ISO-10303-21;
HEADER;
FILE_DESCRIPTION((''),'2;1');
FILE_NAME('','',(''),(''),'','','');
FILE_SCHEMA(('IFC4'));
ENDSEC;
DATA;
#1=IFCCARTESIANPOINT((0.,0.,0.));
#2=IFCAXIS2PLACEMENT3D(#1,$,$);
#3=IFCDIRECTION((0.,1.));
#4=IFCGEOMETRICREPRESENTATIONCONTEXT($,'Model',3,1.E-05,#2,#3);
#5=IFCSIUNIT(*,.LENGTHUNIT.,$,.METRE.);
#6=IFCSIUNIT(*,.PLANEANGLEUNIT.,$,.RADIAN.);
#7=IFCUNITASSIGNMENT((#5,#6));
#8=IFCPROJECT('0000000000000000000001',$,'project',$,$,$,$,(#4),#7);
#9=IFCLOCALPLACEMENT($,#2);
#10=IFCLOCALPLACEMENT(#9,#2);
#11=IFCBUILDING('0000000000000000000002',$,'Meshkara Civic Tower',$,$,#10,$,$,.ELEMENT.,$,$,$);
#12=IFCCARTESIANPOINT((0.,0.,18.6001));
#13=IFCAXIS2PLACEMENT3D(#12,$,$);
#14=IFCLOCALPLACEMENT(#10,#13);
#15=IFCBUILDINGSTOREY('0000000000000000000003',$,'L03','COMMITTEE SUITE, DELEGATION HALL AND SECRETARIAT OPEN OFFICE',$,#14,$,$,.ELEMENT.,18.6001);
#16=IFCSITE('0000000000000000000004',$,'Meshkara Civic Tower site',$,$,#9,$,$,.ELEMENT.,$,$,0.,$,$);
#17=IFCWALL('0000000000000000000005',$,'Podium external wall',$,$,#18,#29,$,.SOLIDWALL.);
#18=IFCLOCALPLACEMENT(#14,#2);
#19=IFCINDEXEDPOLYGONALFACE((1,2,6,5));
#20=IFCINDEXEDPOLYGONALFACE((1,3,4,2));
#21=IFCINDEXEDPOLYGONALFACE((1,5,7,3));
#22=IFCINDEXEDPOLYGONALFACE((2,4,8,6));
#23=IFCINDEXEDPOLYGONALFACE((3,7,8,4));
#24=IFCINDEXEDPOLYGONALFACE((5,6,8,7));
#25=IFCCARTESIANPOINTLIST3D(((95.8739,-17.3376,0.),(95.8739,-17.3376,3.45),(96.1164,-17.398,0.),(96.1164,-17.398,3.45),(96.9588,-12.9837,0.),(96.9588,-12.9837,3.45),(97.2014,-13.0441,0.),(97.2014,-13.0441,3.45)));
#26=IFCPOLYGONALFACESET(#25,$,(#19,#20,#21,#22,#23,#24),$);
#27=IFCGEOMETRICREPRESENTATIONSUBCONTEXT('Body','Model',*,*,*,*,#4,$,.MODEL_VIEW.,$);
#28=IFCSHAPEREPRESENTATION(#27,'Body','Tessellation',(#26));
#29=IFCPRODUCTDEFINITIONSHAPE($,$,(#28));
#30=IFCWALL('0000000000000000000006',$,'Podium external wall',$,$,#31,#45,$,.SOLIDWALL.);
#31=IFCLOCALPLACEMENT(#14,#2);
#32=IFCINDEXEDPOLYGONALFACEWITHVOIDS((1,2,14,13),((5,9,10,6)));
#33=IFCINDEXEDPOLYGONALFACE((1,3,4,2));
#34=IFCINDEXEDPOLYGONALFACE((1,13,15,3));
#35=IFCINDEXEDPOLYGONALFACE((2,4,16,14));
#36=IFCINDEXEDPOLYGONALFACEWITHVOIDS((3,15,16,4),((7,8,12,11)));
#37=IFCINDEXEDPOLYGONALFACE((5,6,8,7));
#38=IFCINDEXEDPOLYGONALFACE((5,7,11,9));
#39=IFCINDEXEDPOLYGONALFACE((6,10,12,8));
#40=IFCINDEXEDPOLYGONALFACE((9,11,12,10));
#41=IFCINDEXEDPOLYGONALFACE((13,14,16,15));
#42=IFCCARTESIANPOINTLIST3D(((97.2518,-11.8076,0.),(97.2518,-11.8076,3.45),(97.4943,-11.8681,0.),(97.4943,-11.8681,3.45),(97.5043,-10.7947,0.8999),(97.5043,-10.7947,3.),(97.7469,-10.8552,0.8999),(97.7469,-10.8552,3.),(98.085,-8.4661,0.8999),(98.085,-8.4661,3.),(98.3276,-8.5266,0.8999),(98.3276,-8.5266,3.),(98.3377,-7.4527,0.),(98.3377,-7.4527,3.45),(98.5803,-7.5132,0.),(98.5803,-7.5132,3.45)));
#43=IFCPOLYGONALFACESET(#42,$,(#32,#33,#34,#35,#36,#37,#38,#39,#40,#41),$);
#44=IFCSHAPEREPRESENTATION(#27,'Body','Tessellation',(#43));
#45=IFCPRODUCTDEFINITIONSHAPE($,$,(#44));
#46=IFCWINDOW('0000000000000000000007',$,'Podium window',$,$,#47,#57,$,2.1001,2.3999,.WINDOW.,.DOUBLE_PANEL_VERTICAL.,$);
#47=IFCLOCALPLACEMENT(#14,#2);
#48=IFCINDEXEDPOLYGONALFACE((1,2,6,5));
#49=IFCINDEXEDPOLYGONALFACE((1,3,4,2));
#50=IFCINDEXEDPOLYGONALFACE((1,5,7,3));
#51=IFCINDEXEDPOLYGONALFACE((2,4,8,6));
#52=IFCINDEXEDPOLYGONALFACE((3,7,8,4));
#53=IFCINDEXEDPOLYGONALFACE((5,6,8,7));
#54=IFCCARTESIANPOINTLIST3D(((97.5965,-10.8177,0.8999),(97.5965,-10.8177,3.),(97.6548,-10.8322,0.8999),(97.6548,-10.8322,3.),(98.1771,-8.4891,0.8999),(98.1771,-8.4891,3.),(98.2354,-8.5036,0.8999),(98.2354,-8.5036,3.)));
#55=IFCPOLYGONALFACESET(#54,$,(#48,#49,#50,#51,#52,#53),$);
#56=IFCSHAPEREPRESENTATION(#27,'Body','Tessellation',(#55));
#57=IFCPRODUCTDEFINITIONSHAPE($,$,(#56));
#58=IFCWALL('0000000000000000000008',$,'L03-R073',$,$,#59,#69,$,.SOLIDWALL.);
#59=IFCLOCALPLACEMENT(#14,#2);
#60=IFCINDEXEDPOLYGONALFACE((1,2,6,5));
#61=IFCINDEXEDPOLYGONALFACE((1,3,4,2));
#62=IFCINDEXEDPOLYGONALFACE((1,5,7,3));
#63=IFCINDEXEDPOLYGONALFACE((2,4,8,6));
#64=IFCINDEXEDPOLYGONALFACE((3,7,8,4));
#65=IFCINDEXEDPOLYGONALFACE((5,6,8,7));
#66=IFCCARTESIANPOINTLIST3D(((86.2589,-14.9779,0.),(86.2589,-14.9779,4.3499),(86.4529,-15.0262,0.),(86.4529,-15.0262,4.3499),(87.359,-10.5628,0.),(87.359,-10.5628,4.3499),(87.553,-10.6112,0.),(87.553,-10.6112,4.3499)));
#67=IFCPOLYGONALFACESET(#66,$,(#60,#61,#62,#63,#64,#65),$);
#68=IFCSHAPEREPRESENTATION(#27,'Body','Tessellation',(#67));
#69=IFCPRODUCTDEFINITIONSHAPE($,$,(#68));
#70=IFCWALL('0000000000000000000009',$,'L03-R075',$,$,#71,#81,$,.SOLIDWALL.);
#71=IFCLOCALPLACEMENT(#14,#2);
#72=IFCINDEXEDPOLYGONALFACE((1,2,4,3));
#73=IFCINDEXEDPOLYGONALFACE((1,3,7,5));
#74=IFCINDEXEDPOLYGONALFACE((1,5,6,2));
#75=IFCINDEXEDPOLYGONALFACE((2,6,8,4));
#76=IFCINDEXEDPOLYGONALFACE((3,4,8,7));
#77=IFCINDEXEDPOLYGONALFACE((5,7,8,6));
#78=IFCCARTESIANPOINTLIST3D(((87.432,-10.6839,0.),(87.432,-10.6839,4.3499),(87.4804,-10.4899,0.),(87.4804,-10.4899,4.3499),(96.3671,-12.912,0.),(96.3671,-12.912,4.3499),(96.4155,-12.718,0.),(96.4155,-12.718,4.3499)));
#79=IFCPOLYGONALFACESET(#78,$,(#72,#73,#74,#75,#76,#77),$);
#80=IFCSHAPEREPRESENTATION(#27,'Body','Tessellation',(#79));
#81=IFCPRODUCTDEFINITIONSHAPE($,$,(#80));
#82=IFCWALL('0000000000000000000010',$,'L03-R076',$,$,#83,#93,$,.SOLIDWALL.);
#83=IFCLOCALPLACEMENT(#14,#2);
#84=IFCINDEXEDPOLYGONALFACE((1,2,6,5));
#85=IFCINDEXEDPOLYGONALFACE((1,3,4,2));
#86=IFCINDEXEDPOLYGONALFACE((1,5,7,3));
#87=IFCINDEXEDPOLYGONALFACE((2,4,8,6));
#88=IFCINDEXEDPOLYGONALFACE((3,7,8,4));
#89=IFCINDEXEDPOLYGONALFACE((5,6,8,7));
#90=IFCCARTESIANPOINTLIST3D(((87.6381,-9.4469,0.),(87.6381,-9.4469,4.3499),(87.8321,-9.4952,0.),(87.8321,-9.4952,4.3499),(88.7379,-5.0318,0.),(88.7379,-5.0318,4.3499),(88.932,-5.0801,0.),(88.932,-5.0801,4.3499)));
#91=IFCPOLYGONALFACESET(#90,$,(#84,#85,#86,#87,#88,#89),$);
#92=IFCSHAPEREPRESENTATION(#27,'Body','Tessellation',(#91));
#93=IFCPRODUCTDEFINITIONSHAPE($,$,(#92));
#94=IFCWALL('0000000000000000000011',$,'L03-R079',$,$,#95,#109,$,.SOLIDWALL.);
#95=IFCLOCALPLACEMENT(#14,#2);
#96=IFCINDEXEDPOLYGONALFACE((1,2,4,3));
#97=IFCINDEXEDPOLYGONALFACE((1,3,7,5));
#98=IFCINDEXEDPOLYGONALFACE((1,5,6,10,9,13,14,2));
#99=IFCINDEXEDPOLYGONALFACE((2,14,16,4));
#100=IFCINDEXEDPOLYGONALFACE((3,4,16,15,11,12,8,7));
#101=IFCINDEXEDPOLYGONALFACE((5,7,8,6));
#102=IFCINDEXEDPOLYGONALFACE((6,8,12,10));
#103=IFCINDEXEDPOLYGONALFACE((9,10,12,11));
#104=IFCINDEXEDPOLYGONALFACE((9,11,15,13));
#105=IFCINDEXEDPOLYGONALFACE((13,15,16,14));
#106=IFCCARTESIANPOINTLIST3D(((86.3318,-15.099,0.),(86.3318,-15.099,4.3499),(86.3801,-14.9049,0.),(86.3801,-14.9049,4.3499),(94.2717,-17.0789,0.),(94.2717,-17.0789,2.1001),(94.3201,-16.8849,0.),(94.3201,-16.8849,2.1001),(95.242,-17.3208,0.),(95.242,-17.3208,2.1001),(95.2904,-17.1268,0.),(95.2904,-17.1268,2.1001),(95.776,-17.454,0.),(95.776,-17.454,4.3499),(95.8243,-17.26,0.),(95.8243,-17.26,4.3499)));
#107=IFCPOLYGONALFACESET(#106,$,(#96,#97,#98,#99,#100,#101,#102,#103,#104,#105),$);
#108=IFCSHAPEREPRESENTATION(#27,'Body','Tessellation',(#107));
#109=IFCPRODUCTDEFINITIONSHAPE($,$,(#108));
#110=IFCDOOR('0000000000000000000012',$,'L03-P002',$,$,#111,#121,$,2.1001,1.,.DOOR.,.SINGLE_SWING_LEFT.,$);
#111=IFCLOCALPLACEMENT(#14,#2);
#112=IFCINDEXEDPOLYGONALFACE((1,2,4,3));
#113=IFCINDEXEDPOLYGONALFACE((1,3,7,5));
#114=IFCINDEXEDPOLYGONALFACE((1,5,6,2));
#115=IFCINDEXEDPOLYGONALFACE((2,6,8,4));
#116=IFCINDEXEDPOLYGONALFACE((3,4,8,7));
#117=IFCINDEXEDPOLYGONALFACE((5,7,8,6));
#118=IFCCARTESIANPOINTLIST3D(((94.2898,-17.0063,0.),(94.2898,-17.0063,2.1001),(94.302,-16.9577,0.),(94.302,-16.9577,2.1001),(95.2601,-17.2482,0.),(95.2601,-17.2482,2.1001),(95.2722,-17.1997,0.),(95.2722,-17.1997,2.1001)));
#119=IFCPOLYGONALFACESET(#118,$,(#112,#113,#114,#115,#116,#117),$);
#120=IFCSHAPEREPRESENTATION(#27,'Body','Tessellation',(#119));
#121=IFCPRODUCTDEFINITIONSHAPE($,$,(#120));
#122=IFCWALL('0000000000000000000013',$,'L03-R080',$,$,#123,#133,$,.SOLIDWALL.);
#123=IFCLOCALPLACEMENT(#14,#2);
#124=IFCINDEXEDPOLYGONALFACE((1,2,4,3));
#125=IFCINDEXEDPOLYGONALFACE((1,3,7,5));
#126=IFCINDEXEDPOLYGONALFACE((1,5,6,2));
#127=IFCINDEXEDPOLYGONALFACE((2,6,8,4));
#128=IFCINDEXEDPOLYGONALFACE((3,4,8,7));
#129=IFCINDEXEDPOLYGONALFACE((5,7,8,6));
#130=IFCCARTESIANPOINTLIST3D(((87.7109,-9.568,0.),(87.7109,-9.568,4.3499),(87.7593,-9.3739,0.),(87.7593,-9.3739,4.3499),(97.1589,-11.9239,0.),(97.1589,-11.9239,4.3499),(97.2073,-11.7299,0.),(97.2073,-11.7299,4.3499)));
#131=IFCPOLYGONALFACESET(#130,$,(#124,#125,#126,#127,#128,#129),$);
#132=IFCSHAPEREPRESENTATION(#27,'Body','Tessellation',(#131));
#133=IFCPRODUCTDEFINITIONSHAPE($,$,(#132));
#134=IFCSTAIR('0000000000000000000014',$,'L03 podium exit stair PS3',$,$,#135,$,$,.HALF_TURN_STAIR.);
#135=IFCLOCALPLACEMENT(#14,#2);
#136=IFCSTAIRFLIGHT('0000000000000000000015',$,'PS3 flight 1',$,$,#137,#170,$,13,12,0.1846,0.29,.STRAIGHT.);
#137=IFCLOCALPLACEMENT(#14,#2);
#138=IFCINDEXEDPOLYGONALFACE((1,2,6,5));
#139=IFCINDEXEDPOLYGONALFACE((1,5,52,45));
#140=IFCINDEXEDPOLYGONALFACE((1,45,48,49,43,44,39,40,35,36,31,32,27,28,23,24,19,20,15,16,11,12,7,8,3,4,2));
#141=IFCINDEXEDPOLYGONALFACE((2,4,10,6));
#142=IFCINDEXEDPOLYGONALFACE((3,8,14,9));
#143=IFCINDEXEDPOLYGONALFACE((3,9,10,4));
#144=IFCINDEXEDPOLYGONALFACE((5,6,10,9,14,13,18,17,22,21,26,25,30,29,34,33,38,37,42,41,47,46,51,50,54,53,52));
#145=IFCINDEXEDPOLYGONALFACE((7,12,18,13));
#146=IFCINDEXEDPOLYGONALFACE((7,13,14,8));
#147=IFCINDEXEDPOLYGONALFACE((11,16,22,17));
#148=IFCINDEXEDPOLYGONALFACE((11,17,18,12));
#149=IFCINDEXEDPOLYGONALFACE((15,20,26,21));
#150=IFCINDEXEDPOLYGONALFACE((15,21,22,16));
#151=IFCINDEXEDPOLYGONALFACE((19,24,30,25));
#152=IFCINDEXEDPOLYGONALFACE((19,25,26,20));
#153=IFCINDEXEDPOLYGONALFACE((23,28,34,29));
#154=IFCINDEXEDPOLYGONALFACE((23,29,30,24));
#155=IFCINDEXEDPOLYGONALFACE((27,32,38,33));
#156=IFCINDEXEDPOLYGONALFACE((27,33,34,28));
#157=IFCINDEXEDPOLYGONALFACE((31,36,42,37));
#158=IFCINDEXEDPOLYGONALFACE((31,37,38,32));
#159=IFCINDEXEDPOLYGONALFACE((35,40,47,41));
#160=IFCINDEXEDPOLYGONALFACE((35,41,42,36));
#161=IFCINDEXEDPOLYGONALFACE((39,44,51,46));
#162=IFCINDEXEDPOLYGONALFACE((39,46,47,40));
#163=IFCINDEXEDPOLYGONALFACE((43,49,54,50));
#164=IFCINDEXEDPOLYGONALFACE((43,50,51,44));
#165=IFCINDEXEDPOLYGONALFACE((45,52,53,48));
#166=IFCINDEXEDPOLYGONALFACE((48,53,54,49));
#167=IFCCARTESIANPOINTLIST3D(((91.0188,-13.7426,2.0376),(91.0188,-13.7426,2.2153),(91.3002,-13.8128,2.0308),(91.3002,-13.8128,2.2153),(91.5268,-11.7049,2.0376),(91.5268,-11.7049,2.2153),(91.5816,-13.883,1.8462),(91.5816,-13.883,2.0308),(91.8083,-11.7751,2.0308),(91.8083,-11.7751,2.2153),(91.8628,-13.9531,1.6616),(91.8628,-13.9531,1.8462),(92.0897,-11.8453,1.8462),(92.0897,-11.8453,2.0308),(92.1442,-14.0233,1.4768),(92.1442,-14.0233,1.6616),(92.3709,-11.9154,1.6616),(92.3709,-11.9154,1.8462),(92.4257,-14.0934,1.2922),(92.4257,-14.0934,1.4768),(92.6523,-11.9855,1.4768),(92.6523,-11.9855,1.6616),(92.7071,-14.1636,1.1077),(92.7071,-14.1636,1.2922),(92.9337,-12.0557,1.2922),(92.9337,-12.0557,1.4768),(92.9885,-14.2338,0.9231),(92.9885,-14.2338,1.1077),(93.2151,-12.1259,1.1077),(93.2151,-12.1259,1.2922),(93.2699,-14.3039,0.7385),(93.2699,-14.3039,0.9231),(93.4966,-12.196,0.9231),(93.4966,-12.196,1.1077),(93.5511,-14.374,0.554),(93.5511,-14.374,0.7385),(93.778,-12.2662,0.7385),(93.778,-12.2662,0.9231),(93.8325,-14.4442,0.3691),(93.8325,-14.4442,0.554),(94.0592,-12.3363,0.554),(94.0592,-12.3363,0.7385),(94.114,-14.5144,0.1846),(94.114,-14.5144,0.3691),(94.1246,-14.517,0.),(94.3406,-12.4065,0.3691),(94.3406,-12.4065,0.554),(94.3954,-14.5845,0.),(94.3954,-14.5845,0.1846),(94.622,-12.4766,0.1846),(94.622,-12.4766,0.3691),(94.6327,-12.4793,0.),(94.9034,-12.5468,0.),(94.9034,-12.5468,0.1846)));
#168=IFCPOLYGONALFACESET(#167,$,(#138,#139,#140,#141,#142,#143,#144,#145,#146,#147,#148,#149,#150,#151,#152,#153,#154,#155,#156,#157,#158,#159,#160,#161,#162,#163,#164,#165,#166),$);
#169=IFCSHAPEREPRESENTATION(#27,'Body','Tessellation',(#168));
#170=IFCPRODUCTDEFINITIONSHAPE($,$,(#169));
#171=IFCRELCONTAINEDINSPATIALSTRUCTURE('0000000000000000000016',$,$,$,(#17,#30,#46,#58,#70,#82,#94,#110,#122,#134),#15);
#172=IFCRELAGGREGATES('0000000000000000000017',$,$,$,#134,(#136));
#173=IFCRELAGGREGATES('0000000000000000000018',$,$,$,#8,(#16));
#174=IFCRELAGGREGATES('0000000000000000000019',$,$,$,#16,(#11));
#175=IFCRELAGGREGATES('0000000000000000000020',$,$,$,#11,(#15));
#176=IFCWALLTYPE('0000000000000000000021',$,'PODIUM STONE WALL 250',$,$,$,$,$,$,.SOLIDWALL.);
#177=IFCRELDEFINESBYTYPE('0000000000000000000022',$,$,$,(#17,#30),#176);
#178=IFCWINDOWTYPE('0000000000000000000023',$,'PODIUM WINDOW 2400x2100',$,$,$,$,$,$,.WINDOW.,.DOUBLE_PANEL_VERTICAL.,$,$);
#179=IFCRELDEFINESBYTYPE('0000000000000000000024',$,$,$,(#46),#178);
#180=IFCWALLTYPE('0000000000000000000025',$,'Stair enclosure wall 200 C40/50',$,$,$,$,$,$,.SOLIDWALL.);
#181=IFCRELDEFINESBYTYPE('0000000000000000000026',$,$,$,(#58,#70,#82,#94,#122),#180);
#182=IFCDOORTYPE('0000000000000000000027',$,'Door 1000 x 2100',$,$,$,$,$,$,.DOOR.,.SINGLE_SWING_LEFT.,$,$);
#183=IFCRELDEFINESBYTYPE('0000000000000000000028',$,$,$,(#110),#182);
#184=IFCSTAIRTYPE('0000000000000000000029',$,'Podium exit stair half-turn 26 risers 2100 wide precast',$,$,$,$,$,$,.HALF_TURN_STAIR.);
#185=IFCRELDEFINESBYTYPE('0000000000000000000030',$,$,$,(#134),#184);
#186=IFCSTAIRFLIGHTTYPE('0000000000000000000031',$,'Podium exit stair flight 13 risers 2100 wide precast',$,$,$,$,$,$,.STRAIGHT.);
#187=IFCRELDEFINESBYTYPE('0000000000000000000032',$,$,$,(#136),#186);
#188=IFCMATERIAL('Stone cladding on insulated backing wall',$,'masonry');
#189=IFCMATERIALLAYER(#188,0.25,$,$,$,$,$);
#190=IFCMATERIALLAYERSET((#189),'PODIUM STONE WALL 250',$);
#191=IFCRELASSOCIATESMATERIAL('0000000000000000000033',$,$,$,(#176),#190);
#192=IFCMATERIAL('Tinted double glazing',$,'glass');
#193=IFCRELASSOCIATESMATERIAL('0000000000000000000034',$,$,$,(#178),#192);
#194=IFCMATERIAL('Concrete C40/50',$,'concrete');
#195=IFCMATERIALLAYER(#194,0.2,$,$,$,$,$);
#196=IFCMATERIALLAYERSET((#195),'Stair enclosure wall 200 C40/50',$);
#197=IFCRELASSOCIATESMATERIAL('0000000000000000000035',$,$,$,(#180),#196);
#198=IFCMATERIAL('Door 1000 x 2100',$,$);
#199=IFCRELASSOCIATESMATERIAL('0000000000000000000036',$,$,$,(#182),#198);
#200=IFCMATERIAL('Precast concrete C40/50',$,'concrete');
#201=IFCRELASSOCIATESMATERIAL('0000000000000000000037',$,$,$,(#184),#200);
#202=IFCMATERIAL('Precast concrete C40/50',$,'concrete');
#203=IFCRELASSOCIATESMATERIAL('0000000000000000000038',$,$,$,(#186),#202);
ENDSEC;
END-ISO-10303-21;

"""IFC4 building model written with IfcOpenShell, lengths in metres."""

from ifc_helpers import new_model, si_unit, direction, frame, frame_2d, origin, place, context, subcontext, project, spatial, polyline, rectangle, outline, extrude, material, layer, layer_set, type_object, element, fill, aggregate, save


model = new_model("IFC4")

# Units and contexts
model_context = context("Model", 3, precision=1e-05, world=origin(), true_north=direction((0.0, 1.0)))
body_context = subcontext(model_context, "Body", "Model", "MODEL_VIEW")
ifc_project = project(units=[si_unit("LENGTHUNIT", "METRE"), si_unit("PLANEANGLEUNIT", "RADIAN")], contexts=[model_context])

# Site, building, storey
site_placement = place(None, origin())
site = spatial("IfcSite", under=ifc_project, at=site_placement, Name="Meshkara Civic Tower site", CompositionType="ELEMENT", RefElevation=0.0)
building_placement = place(site_placement, origin())
building = spatial("IfcBuilding", under=site, at=building_placement, Name="Meshkara Civic Tower", CompositionType="ELEMENT")
storey_placement = place(building_placement, frame((0.0, 0.0, 18.6001)))
storey = spatial("IfcBuildingStorey", under=building, at=storey_placement, Name="L03", Description="COMMITTEE SUITE, DELEGATION HALL AND SECRETARIAT OPEN OFFICE", CompositionType="ELEMENT", Elevation=18.6001)

# Shared definitions
ifc_material_1 = material(Name="Stone cladding on insulated backing wall", Category="masonry")
ifc_layer_1 = layer(ifc_material_1, 0.25)
ifc_layer_set_1 = layer_set([ifc_layer_1], Name="PODIUM STONE WALL 250")
wall_type_1 = type_object("IfcWallType", Name="PODIUM STONE WALL 250", PredefinedType="SOLIDWALL", material=ifc_layer_set_1)
ifc_material_2 = material(Name="Tinted double glazing", Category="glass")
window_type = type_object("IfcWindowType", Name="PODIUM WINDOW 2400x2100", PartitioningType="DOUBLE_PANEL_VERTICAL", PredefinedType="WINDOW", material=ifc_material_2)

# Wall
wall_1_placement = place(storey_placement, frame((95.9951, -17.3679, 0.0), z_axis=(0.0, 0.0, 1.0), x_axis=(0.241793, 0.970328, 0.0)))
element("IfcWall", 1, at=wall_1_placement, inside=storey, type_object=wall_type_1, Name="Podium external wall", PredefinedType="SOLIDWALL", context=body_context, shape_type="SweptSolid", body=[
    extrude(rectangle(XDim=4.4871, YDim=0.25, at=frame_2d((2.2437, 0.0))), origin(), (0.0, 0.0, 1.0), 3.45),
])

# Wall, opening, window
wall_2_placement = place(storey_placement, frame((97.373, -11.8379, 0.0), z_axis=(0.0, 0.0, 1.0), x_axis=(0.241947, 0.97029, 0.0)))
wall_2 = element("IfcWall", 2, at=wall_2_placement, inside=storey, type_object=wall_type_1, Name="Podium external wall", PredefinedType="SOLIDWALL", context=body_context, shape_type="SweptSolid", body=[
    extrude(rectangle(XDim=4.4883, YDim=0.25, at=frame_2d((2.2441, 0.0))), origin(), (0.0, 0.0, 1.0), 3.45),
])
opening_1_placement = place(wall_2_placement, frame((1.0439, 0.0, 0.8999)))
opening_1 = element("IfcOpeningElement", 3, at=opening_1_placement, cuts=wall_2, PredefinedType="OPENING", context=body_context, shape_type="SweptSolid", body=[
    extrude(rectangle(XDim=2.3999, YDim=2.1001, at=frame_2d((1.2, 1.05))), frame((0.0, 0.135, 0.0), z_axis=(0.0, -1.0, 0.0), x_axis=(1.0, 0.0, 0.0)), (0.0, 0.0, 1.0), 0.27),
])
window_1_placement = place(opening_1_placement, origin())
window_1 = element("IfcWindow", 4, at=window_1_placement, inside=storey, type_object=window_type, Name="Podium window", OverallHeight=2.1001, OverallWidth=2.3999, PartitioningType="DOUBLE_PANEL_VERTICAL", PredefinedType="WINDOW", context=body_context, shape_type="SweptSolid", body=[
    extrude(rectangle(XDim=2.3999, YDim=2.1001, at=frame_2d((1.2, 1.05))), frame((0.0, 0.03, 0.0), z_axis=(0.0, -1.0, 0.0), x_axis=(1.0, 0.0, 0.0)), (0.0, 0.0, 1.0), 0.0601),
])
fill(opening_1, window_1)

# Walls
ifc_material_3 = material(Name="Concrete C40/50", Category="concrete")
ifc_layer_2 = layer(ifc_material_3, 0.2)
ifc_layer_set_2 = layer_set([ifc_layer_2], Name="Stair enclosure wall 200 C40/50")
wall_type_2 = type_object("IfcWallType", Name="Stair enclosure wall 200 C40/50", PredefinedType="SOLIDWALL", material=ifc_layer_set_2)
wall_3_placement = place(storey_placement, frame((86.356, -15.002, 0.0), z_axis=(0.0, 0.0, 1.0), x_axis=(0.241778, 0.970332, 0.0)))
element("IfcWall", 5, at=wall_3_placement, inside=storey, type_object=wall_type_2, Name="L03-R073", PredefinedType="SOLIDWALL", context=body_context, shape_type="SweptSolid", body=[
    extrude(rectangle(XDim=4.55, YDim=0.2, at=frame_2d((2.2749, 0.0))), origin(), (0.0, 0.0, 1.0), 4.3499),
])
wall_4_placement = place(storey_placement, frame((87.4561, -10.5869, 0.0), z_axis=(0.0, 0.0, 1.0), x_axis=(0.970289, -0.241949, 0.0)))
element("IfcWall", 6, at=wall_4_placement, inside=storey, type_object=wall_type_2, Name="L03-R075", PredefinedType="SOLIDWALL", context=body_context, shape_type="SweptSolid", body=[
    extrude(rectangle(XDim=9.2087, YDim=0.2, at=frame_2d((4.6045, 0.0))), origin(), (0.0, 0.0, 1.0), 4.3499),
])
wall_5_placement = place(storey_placement, frame((87.7351, -9.4709, 0.0), z_axis=(0.0, 0.0, 1.0), x_axis=(0.241728, 0.970344, 0.0)))
element("IfcWall", 7, at=wall_5_placement, inside=storey, type_object=wall_type_2, Name="L03-R076", PredefinedType="SOLIDWALL", context=body_context, shape_type="SweptSolid", body=[
    extrude(rectangle(XDim=4.55, YDim=0.2, at=frame_2d((2.2749, 0.0))), origin(), (0.0, 0.0, 1.0), 4.3499),
])

# Wall, opening, door
wall_6_placement = place(storey_placement, frame((86.356, -15.002, 0.0), z_axis=(0.0, 0.0, 1.0), x_axis=(0.970288, -0.241951, 0.0)))
wall_6 = element("IfcWall", 8, at=wall_6_placement, inside=storey, type_object=wall_type_2, Name="L03-R079", PredefinedType="SOLIDWALL", context=body_context, shape_type="SweptSolid", body=[
    extrude(rectangle(XDim=9.7334, YDim=0.2, at=frame_2d((4.8667, 0.0))), origin(), (0.0, 0.0, 1.0), 4.3499),
])
opening_2_placement = place(wall_6_placement, frame((8.1831, 0.0, 0.0)))
opening_2 = element("IfcOpeningElement", 9, at=opening_2_placement, cuts=wall_6, PredefinedType="OPENING", context=body_context, shape_type="SweptSolid", body=[
    extrude(rectangle(XDim=1.0, YDim=2.1001, at=frame_2d((0.5, 1.05))), frame((0.0, 0.1099, 0.0), z_axis=(0.0, -1.0, 0.0), x_axis=(1.0, 0.0, 0.0)), (0.0, 0.0, 1.0), 0.22),
])
ifc_material_4 = material(Name="Door 1000 x 2100")
door_type = type_object("IfcDoorType", Name="Door 1000 x 2100", OperationType="SINGLE_SWING_LEFT", PredefinedType="DOOR", material=ifc_material_4)
door_placement = place(opening_2_placement, origin())
door = element("IfcDoor", 10, at=door_placement, inside=storey, type_object=door_type, Name="L03-P002", OperationType="SINGLE_SWING_LEFT", OverallHeight=2.1001, OverallWidth=1.0, PredefinedType="DOOR", context=body_context, shape_type="SweptSolid", body=[
    extrude(rectangle(XDim=1.0, YDim=2.1001, at=frame_2d((0.5, 1.05))), frame((0.0, 0.0249, 0.0), z_axis=(0.0, -1.0, 0.0), x_axis=(1.0, 0.0, 0.0)), (0.0, 0.0, 1.0), 0.05),
])
fill(opening_2, door)

# Wall
wall_7_placement = place(storey_placement, frame((97.1831, -11.8269, 0.0), z_axis=(0.0, 0.0, 1.0), x_axis=(-0.970288, 0.241952, 0.0)))
element("IfcWall", 11, at=wall_7_placement, inside=storey, type_object=wall_type_2, Name="L03-R080", PredefinedType="SOLIDWALL", context=body_context, shape_type="SweptSolid", body=[
    extrude(rectangle(XDim=9.7373, YDim=0.2, at=frame_2d((4.8687, 0.0))), origin(), (0.0, 0.0, 1.0), 4.3499),
])

# Stair, stair flight
ifc_material_5 = material(Name="Precast concrete C40/50", Category="concrete")
stair_type = type_object("IfcStairType", Name="Podium exit stair half-turn 26 risers 2100 wide precast", PredefinedType="HALF_TURN_STAIR", material=ifc_material_5)
stair_1_placement = place(storey_placement, origin())
stair_1 = element("IfcStair", 12, at=stair_1_placement, inside=storey, type_object=stair_type, Name="L03 podium exit stair PS3", PredefinedType="HALF_TURN_STAIR")
ifc_material_6 = material(Name="Precast concrete C40/50", Category="concrete")
stair_flight_type = type_object("IfcStairFlightType", Name="Podium exit stair flight 13 risers 2100 wide precast", PredefinedType="STRAIGHT", material=ifc_material_6)
stair_flight_1_placement = place(storey_placement, frame((94.6494, -13.5657, 0.0), z_axis=(0.0, 0.0, 1.0), x_axis=(-0.970296, 0.241922, 0.0)))
stair_flight_1 = element("IfcStairFlight", 13, at=stair_flight_1_placement, type_object=stair_flight_type, Name="PS3 flight 1", NumberOfRisers=13, NumberOfTreads=12, PredefinedType="STRAIGHT", RiserHeight=0.1846, TreadLength=0.29, context=body_context, shape_type="SweptSolid", body=[
    extrude(outline(polyline([(0.0, 0.0), (0.0, 0.1846), (0.29, 0.1846), (0.29, 0.3691), (0.5801, 0.3691), (0.5801, 0.554), (0.8701, 0.554), (0.8701, 0.7385), (1.1599, 0.7385), (1.1599, 0.9231), (1.45, 0.9231), (1.45, 1.1077), (1.74, 1.1077), (1.74, 1.2922), (2.03, 1.2922), (2.03, 1.4768), (2.3201, 1.4768), (2.3201, 1.6616), (2.6101, 1.6616), (2.6101, 1.8462), (2.8999, 1.8462), (2.8999, 2.0308), (3.1899, 2.0308), (3.1899, 2.2153), (3.48, 2.2153), (3.48, 2.3999), (3.48, 2.0376), (0.2791, 0.0), (0.0, 0.0)])), frame((0.0, 1.05, 0.0), z_axis=(0.0, -1.0, 0.0), x_axis=(1.0, 0.0, 0.0)), (0.0, 0.0, 1.0), 2.1001),
])
aggregate(stair_1, [stair_flight_1])

save(model, "model.ifc")
